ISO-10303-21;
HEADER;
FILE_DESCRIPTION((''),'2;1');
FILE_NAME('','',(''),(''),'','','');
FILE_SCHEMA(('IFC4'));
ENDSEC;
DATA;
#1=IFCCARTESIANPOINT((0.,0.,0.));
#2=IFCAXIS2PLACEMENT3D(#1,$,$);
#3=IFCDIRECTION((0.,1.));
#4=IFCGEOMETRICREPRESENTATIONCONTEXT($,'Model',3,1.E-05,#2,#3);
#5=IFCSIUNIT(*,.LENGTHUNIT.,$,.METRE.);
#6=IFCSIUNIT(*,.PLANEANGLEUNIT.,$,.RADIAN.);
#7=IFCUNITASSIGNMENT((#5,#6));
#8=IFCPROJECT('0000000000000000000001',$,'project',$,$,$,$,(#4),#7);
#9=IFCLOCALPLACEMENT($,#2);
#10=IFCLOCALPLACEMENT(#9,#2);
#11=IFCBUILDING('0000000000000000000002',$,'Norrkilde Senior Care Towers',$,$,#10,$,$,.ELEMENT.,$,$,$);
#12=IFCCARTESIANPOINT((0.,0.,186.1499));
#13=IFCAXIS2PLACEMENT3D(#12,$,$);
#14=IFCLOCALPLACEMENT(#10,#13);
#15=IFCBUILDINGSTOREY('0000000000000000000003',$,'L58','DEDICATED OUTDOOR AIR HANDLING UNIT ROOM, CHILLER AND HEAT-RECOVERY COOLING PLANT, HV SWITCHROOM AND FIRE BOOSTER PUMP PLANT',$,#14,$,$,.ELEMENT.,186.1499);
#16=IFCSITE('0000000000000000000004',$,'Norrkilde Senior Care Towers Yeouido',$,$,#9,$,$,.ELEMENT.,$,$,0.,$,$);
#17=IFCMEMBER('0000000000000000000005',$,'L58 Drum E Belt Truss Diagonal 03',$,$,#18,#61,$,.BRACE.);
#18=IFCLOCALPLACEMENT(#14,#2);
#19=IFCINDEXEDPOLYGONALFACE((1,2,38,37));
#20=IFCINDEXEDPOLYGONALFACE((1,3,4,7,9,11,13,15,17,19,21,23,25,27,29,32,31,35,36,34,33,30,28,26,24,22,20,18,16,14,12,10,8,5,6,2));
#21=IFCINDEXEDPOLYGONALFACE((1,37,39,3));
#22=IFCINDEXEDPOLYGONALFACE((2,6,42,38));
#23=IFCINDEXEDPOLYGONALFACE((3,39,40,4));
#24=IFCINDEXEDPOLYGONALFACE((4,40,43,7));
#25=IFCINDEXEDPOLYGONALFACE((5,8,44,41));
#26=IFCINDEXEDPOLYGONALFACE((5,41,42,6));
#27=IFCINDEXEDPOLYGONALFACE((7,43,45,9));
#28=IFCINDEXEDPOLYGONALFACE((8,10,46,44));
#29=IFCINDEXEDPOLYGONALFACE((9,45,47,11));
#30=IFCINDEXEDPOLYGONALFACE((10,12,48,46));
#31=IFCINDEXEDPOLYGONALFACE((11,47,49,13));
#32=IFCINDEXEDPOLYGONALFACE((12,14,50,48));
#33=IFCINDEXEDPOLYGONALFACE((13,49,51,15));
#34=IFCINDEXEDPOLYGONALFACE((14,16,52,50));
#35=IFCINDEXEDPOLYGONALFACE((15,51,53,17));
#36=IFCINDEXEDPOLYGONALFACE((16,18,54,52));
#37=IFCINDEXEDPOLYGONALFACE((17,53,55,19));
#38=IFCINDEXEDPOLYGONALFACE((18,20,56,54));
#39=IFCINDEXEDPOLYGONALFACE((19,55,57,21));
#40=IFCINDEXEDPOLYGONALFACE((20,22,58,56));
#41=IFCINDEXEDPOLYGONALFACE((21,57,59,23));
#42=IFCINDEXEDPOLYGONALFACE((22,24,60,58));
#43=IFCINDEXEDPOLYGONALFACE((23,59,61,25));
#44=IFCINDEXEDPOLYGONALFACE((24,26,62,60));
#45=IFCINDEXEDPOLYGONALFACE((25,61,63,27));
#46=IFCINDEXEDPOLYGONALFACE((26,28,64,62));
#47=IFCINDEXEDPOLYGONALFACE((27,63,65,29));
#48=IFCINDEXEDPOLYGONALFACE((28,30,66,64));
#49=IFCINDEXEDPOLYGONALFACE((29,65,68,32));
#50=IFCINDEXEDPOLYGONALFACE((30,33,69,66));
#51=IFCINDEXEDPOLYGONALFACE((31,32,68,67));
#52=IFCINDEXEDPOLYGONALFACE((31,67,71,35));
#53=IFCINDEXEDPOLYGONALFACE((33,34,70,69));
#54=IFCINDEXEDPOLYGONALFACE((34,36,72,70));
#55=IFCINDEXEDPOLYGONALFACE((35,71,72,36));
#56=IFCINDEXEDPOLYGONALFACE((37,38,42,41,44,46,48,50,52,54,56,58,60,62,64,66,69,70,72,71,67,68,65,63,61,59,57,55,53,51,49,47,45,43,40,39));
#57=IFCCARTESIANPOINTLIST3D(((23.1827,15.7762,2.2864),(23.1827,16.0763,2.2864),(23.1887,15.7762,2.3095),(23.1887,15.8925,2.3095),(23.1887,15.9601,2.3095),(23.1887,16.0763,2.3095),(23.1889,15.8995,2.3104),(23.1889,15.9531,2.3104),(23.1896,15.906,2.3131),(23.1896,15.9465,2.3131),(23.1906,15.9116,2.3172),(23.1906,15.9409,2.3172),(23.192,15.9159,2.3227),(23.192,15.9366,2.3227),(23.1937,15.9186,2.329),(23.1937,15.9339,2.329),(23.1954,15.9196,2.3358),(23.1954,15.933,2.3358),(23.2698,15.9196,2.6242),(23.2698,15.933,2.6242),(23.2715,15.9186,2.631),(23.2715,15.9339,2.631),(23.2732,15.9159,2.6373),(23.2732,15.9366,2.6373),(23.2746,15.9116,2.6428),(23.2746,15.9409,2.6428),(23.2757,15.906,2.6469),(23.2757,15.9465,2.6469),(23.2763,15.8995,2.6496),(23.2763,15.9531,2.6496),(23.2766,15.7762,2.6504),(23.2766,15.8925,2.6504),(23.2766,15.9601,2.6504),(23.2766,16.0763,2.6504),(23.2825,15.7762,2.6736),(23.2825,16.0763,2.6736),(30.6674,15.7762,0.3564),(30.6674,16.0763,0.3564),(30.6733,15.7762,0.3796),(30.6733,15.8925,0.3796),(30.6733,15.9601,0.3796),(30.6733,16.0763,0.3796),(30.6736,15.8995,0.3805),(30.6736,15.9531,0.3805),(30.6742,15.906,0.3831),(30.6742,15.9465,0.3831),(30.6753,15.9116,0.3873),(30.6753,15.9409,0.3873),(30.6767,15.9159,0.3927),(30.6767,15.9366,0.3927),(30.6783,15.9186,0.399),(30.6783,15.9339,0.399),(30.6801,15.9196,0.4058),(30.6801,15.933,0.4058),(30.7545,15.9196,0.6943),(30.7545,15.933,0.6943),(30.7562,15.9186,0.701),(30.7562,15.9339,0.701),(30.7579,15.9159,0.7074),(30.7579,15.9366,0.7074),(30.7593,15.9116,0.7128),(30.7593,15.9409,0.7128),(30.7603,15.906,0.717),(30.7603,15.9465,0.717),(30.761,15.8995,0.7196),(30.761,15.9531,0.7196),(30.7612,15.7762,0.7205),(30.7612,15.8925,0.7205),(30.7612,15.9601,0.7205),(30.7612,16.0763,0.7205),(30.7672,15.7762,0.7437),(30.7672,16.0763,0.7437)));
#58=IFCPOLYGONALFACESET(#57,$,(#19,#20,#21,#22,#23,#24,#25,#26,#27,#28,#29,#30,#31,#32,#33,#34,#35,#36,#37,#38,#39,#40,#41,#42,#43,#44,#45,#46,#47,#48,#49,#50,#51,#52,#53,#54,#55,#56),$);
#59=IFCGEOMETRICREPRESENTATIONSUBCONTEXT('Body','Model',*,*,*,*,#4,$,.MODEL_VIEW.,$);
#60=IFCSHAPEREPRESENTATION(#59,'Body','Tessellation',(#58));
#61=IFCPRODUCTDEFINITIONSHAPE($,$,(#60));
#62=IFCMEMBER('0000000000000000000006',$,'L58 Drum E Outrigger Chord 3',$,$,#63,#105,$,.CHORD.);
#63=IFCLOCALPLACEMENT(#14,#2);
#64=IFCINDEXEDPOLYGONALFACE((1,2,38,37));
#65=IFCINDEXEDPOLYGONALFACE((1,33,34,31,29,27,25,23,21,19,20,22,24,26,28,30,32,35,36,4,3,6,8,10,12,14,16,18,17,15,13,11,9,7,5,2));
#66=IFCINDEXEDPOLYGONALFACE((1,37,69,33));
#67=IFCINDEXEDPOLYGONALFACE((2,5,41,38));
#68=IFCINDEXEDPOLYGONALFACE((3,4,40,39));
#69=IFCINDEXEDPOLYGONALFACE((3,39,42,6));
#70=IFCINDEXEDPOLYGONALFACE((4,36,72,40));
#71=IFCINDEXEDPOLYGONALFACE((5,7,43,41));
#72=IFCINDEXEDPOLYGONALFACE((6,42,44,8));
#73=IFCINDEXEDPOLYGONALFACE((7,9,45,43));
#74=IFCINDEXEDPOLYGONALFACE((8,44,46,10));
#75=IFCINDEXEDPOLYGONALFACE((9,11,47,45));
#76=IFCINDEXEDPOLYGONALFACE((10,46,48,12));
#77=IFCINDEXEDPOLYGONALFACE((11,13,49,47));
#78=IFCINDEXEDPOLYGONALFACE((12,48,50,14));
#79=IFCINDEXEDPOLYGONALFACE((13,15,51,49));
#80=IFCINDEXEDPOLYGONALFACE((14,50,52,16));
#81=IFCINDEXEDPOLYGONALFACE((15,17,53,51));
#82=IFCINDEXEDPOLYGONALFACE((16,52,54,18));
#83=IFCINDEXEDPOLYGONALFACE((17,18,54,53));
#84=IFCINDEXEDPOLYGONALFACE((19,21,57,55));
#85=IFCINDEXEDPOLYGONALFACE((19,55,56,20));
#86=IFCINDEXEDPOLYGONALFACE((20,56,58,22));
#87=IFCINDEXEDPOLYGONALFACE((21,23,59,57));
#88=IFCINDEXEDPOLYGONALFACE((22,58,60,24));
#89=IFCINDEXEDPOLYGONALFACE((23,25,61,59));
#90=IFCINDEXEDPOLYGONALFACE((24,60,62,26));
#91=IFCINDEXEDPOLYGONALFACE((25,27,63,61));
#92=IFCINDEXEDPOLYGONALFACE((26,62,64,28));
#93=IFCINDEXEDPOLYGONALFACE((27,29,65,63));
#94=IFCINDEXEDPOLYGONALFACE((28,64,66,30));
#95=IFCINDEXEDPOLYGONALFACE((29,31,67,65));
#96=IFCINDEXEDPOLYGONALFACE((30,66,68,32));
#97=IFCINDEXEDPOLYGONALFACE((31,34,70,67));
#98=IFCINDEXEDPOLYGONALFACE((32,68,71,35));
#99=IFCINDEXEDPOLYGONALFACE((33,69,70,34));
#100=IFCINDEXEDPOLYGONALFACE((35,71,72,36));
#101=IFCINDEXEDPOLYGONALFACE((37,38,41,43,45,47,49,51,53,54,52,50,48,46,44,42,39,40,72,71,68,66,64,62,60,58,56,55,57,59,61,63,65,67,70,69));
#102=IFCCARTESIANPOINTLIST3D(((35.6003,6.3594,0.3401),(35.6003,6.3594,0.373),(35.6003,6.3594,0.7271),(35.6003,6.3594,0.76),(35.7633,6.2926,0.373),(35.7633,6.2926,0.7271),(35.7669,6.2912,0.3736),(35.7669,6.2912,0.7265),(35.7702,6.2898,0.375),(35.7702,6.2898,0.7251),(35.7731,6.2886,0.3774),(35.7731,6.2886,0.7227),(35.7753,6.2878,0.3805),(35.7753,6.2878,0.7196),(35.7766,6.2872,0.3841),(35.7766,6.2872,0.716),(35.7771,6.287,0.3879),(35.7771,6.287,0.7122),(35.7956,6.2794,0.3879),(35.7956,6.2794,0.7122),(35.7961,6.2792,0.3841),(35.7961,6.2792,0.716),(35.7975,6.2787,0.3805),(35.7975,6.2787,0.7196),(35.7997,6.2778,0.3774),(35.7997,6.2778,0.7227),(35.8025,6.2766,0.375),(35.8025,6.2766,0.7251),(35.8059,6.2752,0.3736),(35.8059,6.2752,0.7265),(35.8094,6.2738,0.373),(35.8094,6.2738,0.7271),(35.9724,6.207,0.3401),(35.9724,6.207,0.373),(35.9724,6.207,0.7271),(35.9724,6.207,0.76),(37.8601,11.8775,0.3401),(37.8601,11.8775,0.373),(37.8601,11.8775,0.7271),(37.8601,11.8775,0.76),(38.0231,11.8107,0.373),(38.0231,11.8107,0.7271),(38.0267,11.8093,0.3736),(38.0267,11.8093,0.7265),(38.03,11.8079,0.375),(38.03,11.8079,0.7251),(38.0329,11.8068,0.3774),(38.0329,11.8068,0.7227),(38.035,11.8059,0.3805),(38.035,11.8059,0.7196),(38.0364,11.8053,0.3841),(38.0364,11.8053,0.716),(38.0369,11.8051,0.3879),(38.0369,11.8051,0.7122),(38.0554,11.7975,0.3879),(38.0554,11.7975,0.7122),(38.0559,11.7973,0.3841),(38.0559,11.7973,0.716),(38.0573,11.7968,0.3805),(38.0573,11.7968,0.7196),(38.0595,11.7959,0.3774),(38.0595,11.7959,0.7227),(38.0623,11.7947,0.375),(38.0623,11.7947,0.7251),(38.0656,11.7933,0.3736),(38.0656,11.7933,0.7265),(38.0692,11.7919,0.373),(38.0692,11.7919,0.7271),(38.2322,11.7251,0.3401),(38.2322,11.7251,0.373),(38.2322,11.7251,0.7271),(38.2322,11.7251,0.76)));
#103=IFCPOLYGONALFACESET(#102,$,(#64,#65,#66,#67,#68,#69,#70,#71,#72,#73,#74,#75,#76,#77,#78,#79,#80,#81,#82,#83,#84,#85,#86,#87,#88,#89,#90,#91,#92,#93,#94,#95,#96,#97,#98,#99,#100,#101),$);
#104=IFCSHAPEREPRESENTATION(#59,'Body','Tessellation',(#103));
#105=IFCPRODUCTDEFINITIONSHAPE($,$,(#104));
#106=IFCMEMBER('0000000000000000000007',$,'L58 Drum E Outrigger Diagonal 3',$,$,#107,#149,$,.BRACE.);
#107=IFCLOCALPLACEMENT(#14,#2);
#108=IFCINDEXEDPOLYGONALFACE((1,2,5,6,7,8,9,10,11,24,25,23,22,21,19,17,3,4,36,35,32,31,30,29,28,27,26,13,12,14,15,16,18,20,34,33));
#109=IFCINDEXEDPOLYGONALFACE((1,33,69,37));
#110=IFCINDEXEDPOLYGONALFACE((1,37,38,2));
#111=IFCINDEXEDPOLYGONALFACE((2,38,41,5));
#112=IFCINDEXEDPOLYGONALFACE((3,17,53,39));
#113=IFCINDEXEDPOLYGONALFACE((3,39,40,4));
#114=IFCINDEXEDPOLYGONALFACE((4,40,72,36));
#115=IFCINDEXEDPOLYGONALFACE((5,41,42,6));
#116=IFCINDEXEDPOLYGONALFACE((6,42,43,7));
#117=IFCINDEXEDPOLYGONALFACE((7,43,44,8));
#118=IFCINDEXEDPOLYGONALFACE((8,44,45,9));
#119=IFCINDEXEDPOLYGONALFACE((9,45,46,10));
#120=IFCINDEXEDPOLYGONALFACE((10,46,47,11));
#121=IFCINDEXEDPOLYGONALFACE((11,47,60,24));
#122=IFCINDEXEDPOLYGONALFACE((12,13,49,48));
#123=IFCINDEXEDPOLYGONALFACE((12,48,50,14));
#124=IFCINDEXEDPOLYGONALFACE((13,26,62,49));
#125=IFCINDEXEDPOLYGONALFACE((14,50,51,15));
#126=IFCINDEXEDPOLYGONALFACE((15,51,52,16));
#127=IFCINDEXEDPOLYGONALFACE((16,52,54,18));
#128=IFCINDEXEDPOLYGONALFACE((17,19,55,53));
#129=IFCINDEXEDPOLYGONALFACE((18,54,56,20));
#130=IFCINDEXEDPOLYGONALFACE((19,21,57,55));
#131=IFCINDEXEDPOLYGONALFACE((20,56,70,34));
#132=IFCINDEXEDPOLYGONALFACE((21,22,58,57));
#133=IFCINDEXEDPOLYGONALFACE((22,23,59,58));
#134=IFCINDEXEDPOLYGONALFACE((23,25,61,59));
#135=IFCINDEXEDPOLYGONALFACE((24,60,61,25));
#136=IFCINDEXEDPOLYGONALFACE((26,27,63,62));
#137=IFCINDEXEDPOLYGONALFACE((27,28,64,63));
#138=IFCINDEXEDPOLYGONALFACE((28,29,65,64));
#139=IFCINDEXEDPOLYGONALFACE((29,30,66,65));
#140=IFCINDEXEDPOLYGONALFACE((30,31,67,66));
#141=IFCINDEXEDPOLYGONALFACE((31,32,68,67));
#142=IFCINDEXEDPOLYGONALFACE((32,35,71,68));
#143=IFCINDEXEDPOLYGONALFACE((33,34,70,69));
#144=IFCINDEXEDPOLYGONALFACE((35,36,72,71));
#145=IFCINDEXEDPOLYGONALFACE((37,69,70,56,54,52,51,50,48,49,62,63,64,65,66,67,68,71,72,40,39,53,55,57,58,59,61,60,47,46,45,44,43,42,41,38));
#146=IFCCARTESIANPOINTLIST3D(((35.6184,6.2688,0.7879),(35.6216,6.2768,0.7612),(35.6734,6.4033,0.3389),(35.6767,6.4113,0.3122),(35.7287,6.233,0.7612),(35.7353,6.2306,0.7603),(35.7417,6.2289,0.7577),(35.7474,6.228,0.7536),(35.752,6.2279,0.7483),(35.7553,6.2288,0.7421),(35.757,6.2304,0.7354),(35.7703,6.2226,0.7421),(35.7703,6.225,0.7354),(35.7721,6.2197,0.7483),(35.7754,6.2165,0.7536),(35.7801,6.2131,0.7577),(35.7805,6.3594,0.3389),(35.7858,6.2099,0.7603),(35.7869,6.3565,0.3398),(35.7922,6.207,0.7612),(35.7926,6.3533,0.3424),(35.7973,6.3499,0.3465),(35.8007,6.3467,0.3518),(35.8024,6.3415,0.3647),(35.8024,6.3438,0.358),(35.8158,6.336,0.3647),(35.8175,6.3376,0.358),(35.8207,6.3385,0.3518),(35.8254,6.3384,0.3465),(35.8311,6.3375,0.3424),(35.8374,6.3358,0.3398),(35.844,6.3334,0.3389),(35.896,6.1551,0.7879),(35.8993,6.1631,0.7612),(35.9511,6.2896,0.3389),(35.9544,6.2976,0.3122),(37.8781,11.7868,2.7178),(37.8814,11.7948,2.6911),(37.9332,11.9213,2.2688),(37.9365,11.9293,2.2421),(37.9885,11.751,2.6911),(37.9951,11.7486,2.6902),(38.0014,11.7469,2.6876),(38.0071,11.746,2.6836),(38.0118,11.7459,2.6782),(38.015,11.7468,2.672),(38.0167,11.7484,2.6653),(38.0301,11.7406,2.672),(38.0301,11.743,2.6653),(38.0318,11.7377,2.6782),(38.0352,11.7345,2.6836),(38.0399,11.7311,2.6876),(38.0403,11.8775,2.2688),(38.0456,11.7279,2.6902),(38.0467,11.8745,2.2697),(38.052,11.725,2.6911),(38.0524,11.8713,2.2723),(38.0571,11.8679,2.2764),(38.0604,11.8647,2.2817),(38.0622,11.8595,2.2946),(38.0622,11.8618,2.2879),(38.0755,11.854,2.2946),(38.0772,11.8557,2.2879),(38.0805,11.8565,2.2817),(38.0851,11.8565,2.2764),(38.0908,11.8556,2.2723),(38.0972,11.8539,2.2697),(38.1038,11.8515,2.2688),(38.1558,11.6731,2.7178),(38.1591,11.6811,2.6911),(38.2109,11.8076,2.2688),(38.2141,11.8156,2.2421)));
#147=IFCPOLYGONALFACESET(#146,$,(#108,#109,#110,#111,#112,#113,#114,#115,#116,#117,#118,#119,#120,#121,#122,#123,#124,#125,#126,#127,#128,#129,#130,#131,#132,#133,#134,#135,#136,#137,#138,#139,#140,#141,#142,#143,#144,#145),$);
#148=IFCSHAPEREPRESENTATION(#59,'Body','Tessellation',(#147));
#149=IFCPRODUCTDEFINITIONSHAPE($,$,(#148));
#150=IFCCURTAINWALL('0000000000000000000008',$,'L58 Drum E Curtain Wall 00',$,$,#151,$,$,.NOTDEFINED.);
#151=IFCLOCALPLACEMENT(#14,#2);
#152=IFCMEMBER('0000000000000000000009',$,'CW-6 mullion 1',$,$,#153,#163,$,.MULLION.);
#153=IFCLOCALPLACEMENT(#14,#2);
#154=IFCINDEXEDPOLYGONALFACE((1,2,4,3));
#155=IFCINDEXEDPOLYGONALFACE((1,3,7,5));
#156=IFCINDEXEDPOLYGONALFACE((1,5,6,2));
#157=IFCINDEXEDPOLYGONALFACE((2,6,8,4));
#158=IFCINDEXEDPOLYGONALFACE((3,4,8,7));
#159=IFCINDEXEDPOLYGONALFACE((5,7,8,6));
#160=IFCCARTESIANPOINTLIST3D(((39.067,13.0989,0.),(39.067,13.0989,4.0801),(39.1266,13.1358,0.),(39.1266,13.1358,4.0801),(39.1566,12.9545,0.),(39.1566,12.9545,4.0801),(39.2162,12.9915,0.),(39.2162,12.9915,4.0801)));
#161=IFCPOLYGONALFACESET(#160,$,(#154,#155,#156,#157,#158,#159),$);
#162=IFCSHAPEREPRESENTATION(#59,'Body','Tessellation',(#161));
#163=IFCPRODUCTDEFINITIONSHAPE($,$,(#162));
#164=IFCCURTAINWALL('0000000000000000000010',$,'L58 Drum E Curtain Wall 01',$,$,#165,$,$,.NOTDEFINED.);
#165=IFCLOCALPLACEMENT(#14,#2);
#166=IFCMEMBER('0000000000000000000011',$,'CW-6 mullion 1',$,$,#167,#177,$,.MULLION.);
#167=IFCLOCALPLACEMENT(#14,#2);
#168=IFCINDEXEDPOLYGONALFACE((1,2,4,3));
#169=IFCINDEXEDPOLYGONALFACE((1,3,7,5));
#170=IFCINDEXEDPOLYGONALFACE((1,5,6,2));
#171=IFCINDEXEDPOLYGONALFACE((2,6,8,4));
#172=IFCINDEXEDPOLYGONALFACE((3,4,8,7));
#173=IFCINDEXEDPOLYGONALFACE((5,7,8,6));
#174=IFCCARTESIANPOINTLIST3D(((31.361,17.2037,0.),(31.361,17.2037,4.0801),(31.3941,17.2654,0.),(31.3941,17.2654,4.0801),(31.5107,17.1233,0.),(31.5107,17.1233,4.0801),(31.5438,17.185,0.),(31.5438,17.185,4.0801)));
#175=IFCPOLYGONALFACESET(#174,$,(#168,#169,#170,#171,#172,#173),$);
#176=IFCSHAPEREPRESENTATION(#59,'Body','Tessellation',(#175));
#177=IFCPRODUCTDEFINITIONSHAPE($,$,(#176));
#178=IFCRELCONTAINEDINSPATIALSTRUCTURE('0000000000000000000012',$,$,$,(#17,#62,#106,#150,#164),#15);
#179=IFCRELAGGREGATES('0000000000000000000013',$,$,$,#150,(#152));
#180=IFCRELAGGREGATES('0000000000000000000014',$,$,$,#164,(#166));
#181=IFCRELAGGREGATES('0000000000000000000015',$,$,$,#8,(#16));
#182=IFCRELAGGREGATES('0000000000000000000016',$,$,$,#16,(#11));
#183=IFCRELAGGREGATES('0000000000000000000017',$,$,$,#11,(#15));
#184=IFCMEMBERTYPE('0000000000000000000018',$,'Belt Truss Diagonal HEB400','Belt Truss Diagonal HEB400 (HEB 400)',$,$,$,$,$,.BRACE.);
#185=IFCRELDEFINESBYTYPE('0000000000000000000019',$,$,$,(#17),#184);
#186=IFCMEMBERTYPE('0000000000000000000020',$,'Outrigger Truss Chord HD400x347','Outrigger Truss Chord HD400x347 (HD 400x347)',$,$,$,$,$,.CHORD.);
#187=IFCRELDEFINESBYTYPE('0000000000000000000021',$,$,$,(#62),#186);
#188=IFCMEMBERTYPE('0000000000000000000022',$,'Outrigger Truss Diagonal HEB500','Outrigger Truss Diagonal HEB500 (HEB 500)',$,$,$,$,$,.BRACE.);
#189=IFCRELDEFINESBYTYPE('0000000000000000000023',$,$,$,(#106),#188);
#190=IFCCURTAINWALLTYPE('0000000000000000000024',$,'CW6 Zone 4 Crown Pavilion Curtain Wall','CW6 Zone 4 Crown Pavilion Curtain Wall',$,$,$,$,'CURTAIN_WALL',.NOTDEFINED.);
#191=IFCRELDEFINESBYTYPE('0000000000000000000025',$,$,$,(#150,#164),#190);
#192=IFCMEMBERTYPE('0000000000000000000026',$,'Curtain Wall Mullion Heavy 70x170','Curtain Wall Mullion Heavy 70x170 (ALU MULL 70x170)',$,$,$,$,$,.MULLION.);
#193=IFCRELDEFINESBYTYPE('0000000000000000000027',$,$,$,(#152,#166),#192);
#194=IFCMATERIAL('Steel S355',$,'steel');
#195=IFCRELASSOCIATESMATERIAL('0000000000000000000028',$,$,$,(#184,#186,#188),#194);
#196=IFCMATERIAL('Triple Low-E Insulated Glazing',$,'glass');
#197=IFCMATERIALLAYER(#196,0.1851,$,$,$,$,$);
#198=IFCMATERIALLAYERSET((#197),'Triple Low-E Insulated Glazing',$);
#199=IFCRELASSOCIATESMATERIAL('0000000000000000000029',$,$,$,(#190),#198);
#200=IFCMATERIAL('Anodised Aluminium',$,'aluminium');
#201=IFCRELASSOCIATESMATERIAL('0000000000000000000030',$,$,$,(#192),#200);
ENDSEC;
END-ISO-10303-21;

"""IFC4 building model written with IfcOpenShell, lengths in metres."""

from ifc_helpers import new_model, si_unit, direction, frame, origin, origin_2d, place, context, subcontext, project, spatial, rectangle, i_section, extrude, source, transform, mapped, material, layer, layer_set, material_profile, profile_set, type_object, type_shapes, element, aggregate, save


model = new_model("IFC4")

# Units and contexts
model_context = context("Model", 3, precision=1e-05, world=origin(), true_north=direction((0.0, 1.0)))
body_context = subcontext(model_context, "Body", "Model", "MODEL_VIEW")
ifc_project = project(units=[si_unit("LENGTHUNIT", "METRE"), si_unit("PLANEANGLEUNIT", "RADIAN")], contexts=[model_context])

# Site, building, storey
site_placement = place(None, origin())
site = spatial("IfcSite", under=ifc_project, at=site_placement, Name="Norrkilde Senior Care Towers Yeouido", CompositionType="ELEMENT", RefElevation=0.0)
building_placement = place(site_placement, origin())
building = spatial("IfcBuilding", under=site, at=building_placement, Name="Norrkilde Senior Care Towers", CompositionType="ELEMENT")
storey_placement = place(building_placement, frame((0.0, 0.0, 186.1499)))
storey = spatial("IfcBuildingStorey", under=building, at=storey_placement, Name="L58", Description="DEDICATED OUTDOOR AIR HANDLING UNIT ROOM, CHILLER AND HEAT-RECOVERY COOLING PLANT, HV SWITCHROOM AND FIRE BOOSTER PUMP PLANT", CompositionType="ELEMENT", Elevation=186.1499)

# Members
ifc_material_1 = material(Name="Steel S355", Category="steel")
ifc_material_profile_1 = material_profile(ifc_material_1, i_section(OverallWidth=0.3, OverallDepth=0.3999, WebThickness=0.0134, FlangeThickness=0.0239, FilletRadius=0.0271, at=origin_2d()), Name="HEB 400")
ifc_profile_set_1 = profile_set([ifc_material_profile_1], Name="Steel S355")
member_type_1 = type_object("IfcMemberType", Name="Belt Truss Diagonal HEB400", Description="Belt Truss Diagonal HEB400 (HEB 400)", PredefinedType="BRACE", material=ifc_profile_set_1)
shared_shape_1 = source(origin(), body_context, "Body", "SweptSolid", [
    extrude(i_section(OverallWidth=0.3, OverallDepth=0.3999, WebThickness=0.0134, FlangeThickness=0.0239, FilletRadius=0.0271, at=origin_2d()), origin(), (0.0, 0.0, 1.0), 7.7295),
])
member_1_placement = place(storey_placement, frame((30.7173, 15.9263, 0.55), z_axis=(-0.968327, 0.0, 0.249686), x_axis=(0.0, -1.0, 0.0)))
element("IfcMember", 1, at=member_1_placement, inside=storey, type_object=member_type_1, Name="L58 Drum E Belt Truss Diagonal 03", PredefinedType="BRACE", context=body_context, shape_type="MappedRepresentation", body=[
    mapped(shared_shape_1, transform((0.0, 0.0, 0.0), x_axis=(1.0, 0.0, 0.0), y_axis=(0.0, 1.0, 0.0), z_axis=(0.0, 0.0, 1.0), scale=1.0)),
])
ifc_material_profile_2 = material_profile(ifc_material_1, i_section(OverallWidth=0.4021, OverallDepth=0.4199, WebThickness=0.02, FlangeThickness=0.033, FilletRadius=0.0149, at=origin_2d()), Name="HD 400x347")
ifc_profile_set_2 = profile_set([ifc_material_profile_2], Name="Steel S355")
member_type_2 = type_object("IfcMemberType", Name="Outrigger Truss Chord HD400x347", Description="Outrigger Truss Chord HD400x347 (HD 400x347)", PredefinedType="CHORD", material=ifc_profile_set_2)
shared_shape_2 = source(origin(), body_context, "Body", "SweptSolid", [
    extrude(i_section(OverallWidth=0.4021, OverallDepth=0.4199, WebThickness=0.02, FlangeThickness=0.033, FilletRadius=0.0149, at=origin_2d()), origin(), (0.0, 0.0, 1.0), 5.9629),
])
type_shapes(member_type_2, [shared_shape_2])
member_2_placement = place(storey_placement, frame((35.7864, 6.2832, 0.55), z_axis=(0.378974, 0.925407, 0.0), x_axis=(-0.925407, 0.378974, 0.0)))
element("IfcMember", 2, at=member_2_placement, inside=storey, type_object=member_type_2, Name="L58 Drum E Outrigger Chord 3", PredefinedType="CHORD", context=body_context, shape_type="MappedRepresentation", body=[
    mapped(shared_shape_2, transform((0.0, 0.0, 0.0), x_axis=(1.0, 0.0, 0.0), y_axis=(0.0, 1.0, 0.0), z_axis=(0.0, 0.0, 1.0), scale=1.0)),
])
ifc_material_profile_3 = material_profile(ifc_material_1, i_section(OverallWidth=0.3, OverallDepth=0.5, WebThickness=0.0144, FlangeThickness=0.0281, FilletRadius=0.0271, at=origin_2d()), Name="HEB 500")
ifc_profile_set_3 = profile_set([ifc_material_profile_3], Name="Steel S355")
member_type_3 = type_object("IfcMemberType", Name="Outrigger Truss Diagonal HEB500", Description="Outrigger Truss Diagonal HEB500 (HEB 500)", PredefinedType="BRACE", material=ifc_profile_set_3)
shared_shape_3 = source(origin(), body_context, "Body", "SweptSolid", [
    extrude(i_section(OverallWidth=0.3, OverallDepth=0.5, WebThickness=0.0144, FlangeThickness=0.0281, FilletRadius=0.0271, at=origin_2d()), origin(), (0.0, 0.0, 1.0), 6.2673),
])
type_shapes(member_type_3, [shared_shape_3])
member_3_placement = place(storey_placement, frame((35.7864, 6.2832, 0.55), z_axis=(0.360559, 0.88044, 0.307932), x_axis=(-0.925407, 0.378974, 0.0)))
element("IfcMember", 3, at=member_3_placement, inside=storey, type_object=member_type_3, Name="L58 Drum E Outrigger Diagonal 3", PredefinedType="BRACE", context=body_context, shape_type="MappedRepresentation", body=[
    mapped(shared_shape_3, transform((0.0, 0.0, 0.0), x_axis=(1.0, 0.0, 0.0), y_axis=(0.0, 1.0, 0.0), z_axis=(0.0, 0.0, 1.0), scale=1.0)),
])

# Curtain wall, member
ifc_material_2 = material(Name="Triple Low-E Insulated Glazing", Category="glass")
ifc_layer_1 = layer(ifc_material_2, 0.1851)
ifc_layer_set_1 = layer_set([ifc_layer_1], Name="Triple Low-E Insulated Glazing")
curtain_wall_type = type_object("IfcCurtainWallType", Name="CW6 Zone 4 Crown Pavilion Curtain Wall", Description="CW6 Zone 4 Crown Pavilion Curtain Wall", ElementType="CURTAIN_WALL", PredefinedType="NOTDEFINED", material=ifc_layer_set_1)
curtain_wall_1_placement = place(storey_placement, origin())
curtain_wall_1 = element("IfcCurtainWall", 4, at=curtain_wall_1_placement, inside=storey, type_object=curtain_wall_type, Name="L58 Drum E Curtain Wall 00", PredefinedType="NOTDEFINED")
ifc_material_3 = material(Name="Anodised Aluminium", Category="aluminium")
ifc_material_profile_4 = material_profile(ifc_material_3, rectangle(XDim=0.0701, YDim=0.1699, at=origin_2d()), Name="ALU MULL 70x170")
ifc_profile_set_4 = profile_set([ifc_material_profile_4], Name="Anodised Aluminium")
member_type_4 = type_object("IfcMemberType", Name="Curtain Wall Mullion Heavy 70x170", Description="Curtain Wall Mullion Heavy 70x170 (ALU MULL 70x170)", PredefinedType="MULLION", material=ifc_profile_set_4)
shared_shape_4 = source(origin(), body_context, "Body", "SweptSolid", [
    extrude(rectangle(XDim=0.0701, YDim=0.1699, at=origin_2d()), origin(), (0.0, 0.0, 1.0), 4.0801),
])
type_shapes(member_type_4, [shared_shape_4])
member_4_placement = place(storey_placement, frame((39.1416, 13.0452, 0.0), z_axis=(0.0, 0.0, 1.0), x_axis=(0.849634, 0.527373, 0.0)))
member_4 = element("IfcMember", 5, at=member_4_placement, type_object=member_type_4, Name="CW-6 mullion 1", PredefinedType="MULLION", context=body_context, shape_type="MappedRepresentation", body=[
    mapped(shared_shape_4, transform((0.0, 0.0, 0.0), x_axis=(1.0, 0.0, 0.0), y_axis=(0.0, 1.0, 0.0), z_axis=(0.0, 0.0, 1.0), scale=1.0)),
])

# Curtain wall, member
curtain_wall_2_placement = place(storey_placement, origin())
curtain_wall_2 = element("IfcCurtainWall", 6, at=curtain_wall_2_placement, inside=storey, type_object=curtain_wall_type, Name="L58 Drum E Curtain Wall 01", PredefinedType="NOTDEFINED")
member_5_placement = place(storey_placement, frame((31.4524, 17.1943, 0.0), z_axis=(0.0, 0.0, 1.0), x_axis=(0.473117, 0.881, 0.0)))
member_5 = element("IfcMember", 7, at=member_5_placement, type_object=member_type_4, Name="CW-6 mullion 1", PredefinedType="MULLION", context=body_context, shape_type="MappedRepresentation", body=[
    mapped(shared_shape_4, transform((0.0, 0.0, 0.0), x_axis=(1.0, 0.0, 0.0), y_axis=(0.0, 1.0, 0.0), z_axis=(0.0, 0.0, 1.0), scale=1.0)),
])

aggregate(curtain_wall_1, [member_4])
aggregate(curtain_wall_2, [member_5])

save(model, "model.ifc")
